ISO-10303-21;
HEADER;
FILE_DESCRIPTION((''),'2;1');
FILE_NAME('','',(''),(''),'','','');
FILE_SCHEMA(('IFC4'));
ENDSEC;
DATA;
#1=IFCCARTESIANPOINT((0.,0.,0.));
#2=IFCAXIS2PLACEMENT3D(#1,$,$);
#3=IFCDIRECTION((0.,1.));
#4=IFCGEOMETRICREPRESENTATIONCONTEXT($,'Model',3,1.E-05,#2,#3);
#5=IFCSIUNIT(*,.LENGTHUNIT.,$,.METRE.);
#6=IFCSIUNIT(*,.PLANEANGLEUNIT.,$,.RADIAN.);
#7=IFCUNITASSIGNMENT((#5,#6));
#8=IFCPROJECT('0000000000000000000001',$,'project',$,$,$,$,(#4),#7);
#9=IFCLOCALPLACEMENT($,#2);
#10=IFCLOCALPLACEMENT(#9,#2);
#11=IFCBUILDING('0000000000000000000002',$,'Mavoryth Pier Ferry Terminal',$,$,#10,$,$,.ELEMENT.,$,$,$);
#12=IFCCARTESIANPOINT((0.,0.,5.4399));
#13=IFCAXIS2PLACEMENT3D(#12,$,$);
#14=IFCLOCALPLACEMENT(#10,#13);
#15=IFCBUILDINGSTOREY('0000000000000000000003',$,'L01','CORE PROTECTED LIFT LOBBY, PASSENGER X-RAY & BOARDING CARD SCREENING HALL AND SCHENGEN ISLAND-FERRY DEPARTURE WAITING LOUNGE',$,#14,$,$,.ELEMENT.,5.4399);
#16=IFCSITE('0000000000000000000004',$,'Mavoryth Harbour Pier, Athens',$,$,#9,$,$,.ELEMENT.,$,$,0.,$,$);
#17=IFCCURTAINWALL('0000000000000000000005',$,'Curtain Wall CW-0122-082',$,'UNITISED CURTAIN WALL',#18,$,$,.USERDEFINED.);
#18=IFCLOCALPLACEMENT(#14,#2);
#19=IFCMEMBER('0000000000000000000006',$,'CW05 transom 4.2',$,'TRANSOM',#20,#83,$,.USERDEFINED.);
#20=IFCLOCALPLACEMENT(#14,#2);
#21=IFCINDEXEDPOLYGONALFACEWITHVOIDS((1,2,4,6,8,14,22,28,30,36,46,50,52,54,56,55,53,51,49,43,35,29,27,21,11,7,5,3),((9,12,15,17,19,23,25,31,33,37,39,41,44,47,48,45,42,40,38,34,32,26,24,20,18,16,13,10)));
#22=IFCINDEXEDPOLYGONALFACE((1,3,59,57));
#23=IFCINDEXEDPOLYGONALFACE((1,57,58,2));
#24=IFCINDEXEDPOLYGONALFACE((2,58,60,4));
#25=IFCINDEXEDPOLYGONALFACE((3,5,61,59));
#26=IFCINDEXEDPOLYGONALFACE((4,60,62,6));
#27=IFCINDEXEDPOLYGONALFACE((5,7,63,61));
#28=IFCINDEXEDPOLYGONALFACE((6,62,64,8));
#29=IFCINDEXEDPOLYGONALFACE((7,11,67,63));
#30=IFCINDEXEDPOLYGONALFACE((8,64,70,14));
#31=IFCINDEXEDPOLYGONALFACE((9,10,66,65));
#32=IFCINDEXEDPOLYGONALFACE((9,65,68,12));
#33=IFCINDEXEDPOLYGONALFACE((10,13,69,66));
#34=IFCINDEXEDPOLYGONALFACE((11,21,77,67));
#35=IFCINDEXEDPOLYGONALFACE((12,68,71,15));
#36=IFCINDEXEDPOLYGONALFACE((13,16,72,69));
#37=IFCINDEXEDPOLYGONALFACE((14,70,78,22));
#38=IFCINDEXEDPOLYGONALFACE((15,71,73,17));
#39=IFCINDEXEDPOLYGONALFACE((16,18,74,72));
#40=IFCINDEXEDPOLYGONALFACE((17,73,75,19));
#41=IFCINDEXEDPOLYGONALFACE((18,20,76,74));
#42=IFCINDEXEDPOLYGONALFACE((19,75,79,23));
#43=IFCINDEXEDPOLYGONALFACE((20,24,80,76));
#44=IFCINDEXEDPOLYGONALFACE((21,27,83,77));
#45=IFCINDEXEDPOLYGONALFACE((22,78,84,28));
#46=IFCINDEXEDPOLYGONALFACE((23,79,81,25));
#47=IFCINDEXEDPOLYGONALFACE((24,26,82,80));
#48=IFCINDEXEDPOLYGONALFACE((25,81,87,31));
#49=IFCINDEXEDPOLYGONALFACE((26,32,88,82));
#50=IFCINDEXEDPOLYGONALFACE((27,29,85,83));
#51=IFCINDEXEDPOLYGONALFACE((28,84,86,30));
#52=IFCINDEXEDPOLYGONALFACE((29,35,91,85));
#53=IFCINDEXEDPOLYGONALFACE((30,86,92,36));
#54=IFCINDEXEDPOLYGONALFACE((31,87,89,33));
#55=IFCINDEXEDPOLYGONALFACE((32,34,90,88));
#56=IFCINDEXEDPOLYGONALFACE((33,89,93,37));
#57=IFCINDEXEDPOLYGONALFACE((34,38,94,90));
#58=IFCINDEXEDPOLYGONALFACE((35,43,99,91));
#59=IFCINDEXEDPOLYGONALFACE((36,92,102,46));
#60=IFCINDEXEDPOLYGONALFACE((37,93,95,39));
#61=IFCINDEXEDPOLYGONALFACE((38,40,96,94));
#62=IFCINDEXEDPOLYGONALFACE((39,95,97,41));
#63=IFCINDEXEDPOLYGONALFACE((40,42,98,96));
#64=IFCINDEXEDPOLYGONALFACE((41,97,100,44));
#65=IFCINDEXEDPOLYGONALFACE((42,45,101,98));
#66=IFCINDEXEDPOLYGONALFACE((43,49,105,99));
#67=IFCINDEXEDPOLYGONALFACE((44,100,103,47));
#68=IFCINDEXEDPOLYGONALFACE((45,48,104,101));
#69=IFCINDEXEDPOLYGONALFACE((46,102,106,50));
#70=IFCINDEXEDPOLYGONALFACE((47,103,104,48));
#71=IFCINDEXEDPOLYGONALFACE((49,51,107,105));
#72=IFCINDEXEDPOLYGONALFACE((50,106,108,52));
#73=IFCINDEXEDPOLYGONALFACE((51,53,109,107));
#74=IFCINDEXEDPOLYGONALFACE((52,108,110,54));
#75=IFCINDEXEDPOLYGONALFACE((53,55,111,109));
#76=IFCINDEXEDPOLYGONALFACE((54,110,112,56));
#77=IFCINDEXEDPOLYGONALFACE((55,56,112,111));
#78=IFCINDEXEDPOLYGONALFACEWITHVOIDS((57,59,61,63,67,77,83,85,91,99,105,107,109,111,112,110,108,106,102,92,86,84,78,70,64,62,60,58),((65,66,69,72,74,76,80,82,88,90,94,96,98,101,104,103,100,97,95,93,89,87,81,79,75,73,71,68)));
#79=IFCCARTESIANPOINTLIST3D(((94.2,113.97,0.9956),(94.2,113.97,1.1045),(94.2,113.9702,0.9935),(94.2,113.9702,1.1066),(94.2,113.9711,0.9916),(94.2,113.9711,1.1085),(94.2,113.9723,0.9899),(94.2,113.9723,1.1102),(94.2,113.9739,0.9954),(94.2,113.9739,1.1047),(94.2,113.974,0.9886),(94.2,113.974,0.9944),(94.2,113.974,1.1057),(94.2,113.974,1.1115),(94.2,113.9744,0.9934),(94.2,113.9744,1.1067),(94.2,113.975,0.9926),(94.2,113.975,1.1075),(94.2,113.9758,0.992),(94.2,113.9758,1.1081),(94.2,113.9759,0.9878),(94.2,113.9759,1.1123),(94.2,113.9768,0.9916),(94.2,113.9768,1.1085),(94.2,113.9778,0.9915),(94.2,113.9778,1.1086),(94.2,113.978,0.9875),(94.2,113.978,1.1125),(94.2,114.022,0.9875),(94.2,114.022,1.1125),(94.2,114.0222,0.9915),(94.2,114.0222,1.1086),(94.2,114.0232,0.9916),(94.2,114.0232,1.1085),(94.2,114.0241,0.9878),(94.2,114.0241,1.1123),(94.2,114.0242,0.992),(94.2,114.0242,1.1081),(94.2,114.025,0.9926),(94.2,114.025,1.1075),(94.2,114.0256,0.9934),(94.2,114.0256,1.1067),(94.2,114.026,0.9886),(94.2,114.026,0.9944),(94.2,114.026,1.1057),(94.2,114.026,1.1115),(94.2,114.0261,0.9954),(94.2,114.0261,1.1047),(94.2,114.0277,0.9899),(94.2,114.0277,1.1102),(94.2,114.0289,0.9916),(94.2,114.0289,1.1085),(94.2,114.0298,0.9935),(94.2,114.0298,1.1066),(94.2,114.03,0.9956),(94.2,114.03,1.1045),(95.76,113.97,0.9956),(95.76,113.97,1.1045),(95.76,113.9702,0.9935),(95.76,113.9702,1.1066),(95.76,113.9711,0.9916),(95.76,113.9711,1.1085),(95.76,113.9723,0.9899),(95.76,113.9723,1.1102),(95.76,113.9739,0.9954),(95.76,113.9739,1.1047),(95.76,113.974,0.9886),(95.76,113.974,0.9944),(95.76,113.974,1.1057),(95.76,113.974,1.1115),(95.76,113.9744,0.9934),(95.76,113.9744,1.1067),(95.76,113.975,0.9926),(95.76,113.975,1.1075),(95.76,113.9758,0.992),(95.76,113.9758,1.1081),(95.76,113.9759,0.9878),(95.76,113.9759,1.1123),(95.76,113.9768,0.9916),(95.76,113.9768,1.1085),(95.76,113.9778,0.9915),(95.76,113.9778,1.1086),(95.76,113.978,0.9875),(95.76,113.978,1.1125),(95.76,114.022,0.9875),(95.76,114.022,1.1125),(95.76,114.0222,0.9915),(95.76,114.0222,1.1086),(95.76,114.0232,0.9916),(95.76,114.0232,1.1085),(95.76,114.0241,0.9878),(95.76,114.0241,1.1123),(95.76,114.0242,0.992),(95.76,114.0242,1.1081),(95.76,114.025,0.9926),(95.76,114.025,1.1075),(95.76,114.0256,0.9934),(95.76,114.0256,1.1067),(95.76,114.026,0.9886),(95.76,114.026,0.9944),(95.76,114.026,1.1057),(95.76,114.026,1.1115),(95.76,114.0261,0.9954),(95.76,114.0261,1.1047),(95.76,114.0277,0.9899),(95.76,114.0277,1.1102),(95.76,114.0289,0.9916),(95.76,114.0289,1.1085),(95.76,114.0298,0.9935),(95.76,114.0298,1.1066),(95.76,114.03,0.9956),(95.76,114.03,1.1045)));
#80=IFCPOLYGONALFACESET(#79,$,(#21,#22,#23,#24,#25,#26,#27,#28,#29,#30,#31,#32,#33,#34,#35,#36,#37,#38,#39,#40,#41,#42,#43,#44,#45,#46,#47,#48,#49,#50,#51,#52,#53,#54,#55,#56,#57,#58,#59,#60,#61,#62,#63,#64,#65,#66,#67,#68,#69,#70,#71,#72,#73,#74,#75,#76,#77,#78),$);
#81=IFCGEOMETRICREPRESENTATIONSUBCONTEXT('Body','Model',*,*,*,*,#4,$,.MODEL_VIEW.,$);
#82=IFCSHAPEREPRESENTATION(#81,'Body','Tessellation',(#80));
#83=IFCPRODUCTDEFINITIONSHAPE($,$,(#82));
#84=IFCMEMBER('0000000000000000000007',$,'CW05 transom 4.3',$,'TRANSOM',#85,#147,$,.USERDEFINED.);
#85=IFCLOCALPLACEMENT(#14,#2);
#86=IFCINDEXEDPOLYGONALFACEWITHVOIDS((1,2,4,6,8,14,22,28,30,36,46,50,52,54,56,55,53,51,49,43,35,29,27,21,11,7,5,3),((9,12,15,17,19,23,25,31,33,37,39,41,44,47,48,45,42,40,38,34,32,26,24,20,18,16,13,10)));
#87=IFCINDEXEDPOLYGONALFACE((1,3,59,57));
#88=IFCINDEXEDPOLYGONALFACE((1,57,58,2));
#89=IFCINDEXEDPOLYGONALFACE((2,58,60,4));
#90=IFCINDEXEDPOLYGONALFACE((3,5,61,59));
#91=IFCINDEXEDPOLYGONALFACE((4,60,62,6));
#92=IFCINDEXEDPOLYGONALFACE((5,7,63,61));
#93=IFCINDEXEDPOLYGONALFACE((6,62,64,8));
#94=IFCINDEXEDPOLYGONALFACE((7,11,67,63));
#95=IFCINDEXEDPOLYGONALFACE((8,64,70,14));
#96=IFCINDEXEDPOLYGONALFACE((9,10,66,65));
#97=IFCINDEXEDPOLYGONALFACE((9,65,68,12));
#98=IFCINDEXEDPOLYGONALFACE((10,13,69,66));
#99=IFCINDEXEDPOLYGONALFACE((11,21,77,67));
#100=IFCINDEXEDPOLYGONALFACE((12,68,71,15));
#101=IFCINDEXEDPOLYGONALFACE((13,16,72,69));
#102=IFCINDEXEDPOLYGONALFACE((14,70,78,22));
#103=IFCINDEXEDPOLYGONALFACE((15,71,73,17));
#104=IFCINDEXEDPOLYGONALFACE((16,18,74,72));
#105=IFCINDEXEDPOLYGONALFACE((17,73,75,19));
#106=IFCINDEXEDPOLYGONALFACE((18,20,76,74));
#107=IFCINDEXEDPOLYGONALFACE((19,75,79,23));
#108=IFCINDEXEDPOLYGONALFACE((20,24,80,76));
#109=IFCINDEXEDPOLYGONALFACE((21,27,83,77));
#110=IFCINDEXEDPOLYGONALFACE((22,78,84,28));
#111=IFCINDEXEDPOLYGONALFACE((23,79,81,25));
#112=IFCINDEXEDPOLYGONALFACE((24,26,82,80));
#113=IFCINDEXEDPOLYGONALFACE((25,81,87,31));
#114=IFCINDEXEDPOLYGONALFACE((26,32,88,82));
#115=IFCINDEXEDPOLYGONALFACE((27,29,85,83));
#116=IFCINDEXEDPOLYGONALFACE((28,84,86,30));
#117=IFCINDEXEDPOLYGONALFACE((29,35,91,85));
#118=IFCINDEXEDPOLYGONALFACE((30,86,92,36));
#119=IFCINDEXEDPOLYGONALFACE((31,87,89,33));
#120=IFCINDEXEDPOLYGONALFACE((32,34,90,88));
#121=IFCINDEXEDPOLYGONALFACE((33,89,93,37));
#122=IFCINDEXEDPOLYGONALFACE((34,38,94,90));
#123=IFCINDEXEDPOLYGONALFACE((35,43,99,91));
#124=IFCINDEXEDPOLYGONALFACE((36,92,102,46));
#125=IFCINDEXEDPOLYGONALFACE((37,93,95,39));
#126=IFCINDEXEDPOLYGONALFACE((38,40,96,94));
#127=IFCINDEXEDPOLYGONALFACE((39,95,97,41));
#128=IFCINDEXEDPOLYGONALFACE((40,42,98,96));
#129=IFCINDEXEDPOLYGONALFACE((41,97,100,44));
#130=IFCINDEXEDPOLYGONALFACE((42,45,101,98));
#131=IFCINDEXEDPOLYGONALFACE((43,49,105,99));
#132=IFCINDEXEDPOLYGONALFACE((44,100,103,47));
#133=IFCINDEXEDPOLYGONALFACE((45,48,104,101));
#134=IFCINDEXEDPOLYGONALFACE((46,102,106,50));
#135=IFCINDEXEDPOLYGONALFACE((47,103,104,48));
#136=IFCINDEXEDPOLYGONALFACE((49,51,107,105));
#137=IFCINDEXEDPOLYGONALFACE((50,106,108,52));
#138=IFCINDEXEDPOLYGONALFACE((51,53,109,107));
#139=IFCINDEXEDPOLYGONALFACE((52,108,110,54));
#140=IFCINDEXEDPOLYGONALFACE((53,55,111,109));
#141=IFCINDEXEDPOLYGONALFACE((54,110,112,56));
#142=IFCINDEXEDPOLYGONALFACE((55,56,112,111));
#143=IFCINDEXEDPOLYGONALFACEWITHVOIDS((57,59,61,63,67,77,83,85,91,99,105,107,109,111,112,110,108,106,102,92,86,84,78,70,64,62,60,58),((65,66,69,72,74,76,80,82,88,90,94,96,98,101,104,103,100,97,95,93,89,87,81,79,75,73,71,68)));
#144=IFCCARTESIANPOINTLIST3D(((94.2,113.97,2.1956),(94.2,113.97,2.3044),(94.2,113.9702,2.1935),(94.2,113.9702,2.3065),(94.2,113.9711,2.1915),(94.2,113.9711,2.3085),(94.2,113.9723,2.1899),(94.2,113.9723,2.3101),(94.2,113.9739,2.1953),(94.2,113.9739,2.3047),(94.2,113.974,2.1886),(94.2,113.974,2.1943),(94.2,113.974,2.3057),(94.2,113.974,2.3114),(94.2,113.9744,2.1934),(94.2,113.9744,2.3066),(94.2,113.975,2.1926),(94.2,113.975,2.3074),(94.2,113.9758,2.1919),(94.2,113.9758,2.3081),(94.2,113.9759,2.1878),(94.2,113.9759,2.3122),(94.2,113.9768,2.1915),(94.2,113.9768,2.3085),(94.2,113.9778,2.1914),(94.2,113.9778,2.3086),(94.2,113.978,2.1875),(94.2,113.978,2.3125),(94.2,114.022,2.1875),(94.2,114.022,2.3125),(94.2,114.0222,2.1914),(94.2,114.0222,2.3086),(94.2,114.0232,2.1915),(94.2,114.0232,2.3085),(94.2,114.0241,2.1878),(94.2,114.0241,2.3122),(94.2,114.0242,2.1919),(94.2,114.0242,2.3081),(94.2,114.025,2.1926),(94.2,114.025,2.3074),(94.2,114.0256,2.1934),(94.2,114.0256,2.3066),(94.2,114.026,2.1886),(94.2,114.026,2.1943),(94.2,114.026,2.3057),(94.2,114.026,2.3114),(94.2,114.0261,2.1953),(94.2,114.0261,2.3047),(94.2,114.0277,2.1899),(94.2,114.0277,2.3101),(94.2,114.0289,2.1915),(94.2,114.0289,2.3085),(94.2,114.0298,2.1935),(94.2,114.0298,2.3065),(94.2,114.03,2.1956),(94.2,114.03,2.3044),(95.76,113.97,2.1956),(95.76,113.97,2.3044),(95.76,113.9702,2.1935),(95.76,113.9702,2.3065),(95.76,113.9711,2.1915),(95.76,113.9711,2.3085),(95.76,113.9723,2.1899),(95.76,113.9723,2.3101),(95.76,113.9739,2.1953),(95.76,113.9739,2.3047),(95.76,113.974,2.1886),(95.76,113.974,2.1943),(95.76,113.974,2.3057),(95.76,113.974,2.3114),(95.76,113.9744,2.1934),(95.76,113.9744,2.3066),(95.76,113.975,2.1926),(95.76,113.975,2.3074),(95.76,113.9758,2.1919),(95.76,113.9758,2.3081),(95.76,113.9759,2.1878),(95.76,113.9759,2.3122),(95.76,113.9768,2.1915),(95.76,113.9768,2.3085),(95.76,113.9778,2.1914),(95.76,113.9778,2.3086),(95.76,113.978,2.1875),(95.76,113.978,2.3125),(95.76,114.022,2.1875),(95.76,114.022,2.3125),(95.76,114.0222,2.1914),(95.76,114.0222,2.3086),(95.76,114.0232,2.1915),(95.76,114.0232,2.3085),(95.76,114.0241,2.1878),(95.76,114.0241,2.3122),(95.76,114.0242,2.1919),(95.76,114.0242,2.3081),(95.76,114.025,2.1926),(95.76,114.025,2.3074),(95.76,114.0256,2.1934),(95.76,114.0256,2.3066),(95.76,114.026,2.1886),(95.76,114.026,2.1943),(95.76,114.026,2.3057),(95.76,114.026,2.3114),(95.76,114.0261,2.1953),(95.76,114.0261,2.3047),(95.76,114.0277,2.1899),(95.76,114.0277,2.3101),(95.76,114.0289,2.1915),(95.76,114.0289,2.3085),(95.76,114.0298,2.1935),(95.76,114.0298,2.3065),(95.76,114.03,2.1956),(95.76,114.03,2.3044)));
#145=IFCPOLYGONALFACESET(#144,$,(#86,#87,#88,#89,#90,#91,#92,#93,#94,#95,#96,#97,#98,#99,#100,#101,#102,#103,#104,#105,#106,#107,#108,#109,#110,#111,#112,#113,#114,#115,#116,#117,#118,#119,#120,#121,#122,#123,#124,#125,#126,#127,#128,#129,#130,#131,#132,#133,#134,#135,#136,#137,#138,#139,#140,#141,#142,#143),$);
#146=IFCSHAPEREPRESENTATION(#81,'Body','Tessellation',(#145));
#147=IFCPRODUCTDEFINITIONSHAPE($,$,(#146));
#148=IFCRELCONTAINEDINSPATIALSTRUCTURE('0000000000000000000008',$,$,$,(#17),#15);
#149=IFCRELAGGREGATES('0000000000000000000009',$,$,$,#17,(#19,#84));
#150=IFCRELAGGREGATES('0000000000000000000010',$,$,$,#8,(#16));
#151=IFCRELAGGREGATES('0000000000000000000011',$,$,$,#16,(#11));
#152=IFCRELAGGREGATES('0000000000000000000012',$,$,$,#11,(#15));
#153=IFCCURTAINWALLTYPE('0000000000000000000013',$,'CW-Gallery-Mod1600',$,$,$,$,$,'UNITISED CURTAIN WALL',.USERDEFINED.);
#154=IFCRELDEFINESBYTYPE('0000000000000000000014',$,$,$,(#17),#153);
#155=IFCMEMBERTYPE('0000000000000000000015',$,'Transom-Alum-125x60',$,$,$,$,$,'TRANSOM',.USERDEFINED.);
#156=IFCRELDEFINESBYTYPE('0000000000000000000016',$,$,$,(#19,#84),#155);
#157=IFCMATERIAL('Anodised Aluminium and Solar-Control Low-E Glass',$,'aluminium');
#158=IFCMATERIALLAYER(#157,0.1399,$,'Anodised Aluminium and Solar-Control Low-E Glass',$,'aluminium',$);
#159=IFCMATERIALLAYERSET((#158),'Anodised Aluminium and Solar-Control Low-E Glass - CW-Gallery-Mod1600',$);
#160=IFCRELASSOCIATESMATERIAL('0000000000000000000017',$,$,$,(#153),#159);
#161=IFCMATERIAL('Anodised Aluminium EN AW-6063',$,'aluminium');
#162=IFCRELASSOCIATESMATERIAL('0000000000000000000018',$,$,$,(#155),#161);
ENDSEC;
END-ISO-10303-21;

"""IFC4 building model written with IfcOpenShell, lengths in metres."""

from ifc_helpers import new_model, si_unit, direction, frame, origin, origin_2d, place, context, subcontext, project, spatial, hollow_rectangle, extrude, material, layer, layer_set, material_profile, profile_set, type_object, element, aggregate, save


model = new_model("IFC4")

# Units and contexts
model_context = context("Model", 3, precision=1e-05, world=origin(), true_north=direction((0.0, 1.0)))
body_context = subcontext(model_context, "Body", "Model", "MODEL_VIEW")
ifc_project = project(units=[si_unit("LENGTHUNIT", "METRE"), si_unit("PLANEANGLEUNIT", "RADIAN")], contexts=[model_context])

# Site, building, storey
site_placement = place(None, origin())
site = spatial("IfcSite", under=ifc_project, at=site_placement, Name="Mavoryth Harbour Pier, Athens", CompositionType="ELEMENT", RefElevation=0.0)
building_placement = place(site_placement, origin())
building = spatial("IfcBuilding", under=site, at=building_placement, Name="Mavoryth Pier Ferry Terminal", CompositionType="ELEMENT")
storey_placement = place(building_placement, frame((0.0, 0.0, 5.4399)))
storey = spatial("IfcBuildingStorey", under=building, at=storey_placement, Name="L01", Description="CORE PROTECTED LIFT LOBBY, PASSENGER X-RAY & BOARDING CARD SCREENING HALL AND SCHENGEN ISLAND-FERRY DEPARTURE WAITING LOUNGE", CompositionType="ELEMENT", Elevation=5.4399)

# Curtain wall, members
ifc_material_1 = material(Name="Anodised Aluminium and Solar-Control Low-E Glass", Category="aluminium")
ifc_layer_1 = layer(ifc_material_1, 0.1399, Name="Anodised Aluminium and Solar-Control Low-E Glass", Category="aluminium")
ifc_layer_set_1 = layer_set([ifc_layer_1], Name="Anodised Aluminium and Solar-Control Low-E Glass - CW-Gallery-Mod1600")
curtain_wall_type = type_object("IfcCurtainWallType", Name="CW-Gallery-Mod1600", ElementType="UNITISED CURTAIN WALL", PredefinedType="USERDEFINED", material=ifc_layer_set_1)
curtain_wall_placement = place(storey_placement, origin())
curtain_wall = element("IfcCurtainWall", 1, at=curtain_wall_placement, inside=storey, type_object=curtain_wall_type, Name="Curtain Wall CW-0122-082", ObjectType="UNITISED CURTAIN WALL", PredefinedType="USERDEFINED")
ifc_material_2 = material(Name="Anodised Aluminium EN AW-6063", Category="aluminium")
ifc_material_profile_1 = material_profile(ifc_material_2, hollow_rectangle(XDim=0.0601, YDim=0.125, WallThickness=0.0039, InnerFilletRadius=0.0039, OuterFilletRadius=0.0081, at=origin_2d()), Name="AL-TRAN 125x60x4", Category="aluminium")
ifc_profile_set_1 = profile_set([ifc_material_profile_1], Name="Anodised Aluminium EN AW-6063 - AL-TRAN 125x60x4")
member_type_1 = type_object("IfcMemberType", Name="Transom-Alum-125x60", ElementType="TRANSOM", PredefinedType="USERDEFINED", material=ifc_profile_set_1)
member_1_placement = place(storey_placement, frame((95.76, 114.0, 1.05), z_axis=(-1.0, 0.0, 0.0), x_axis=(0.0, -1.0, 0.0)))
member_1 = element("IfcMember", 2, at=member_1_placement, type_object=member_type_1, Name="CW05 transom 4.2", ObjectType="TRANSOM", PredefinedType="USERDEFINED", context=body_context, shape_type="SweptSolid", body=[
    extrude(hollow_rectangle(XDim=0.0601, YDim=0.125, WallThickness=0.0039, InnerFilletRadius=0.0039, OuterFilletRadius=0.0081, at=origin_2d()), origin(), (0.0, 0.0, 1.0), 1.5601),
])
member_2_placement = place(storey_placement, frame((95.76, 114.0, 2.25), z_axis=(-1.0, 0.0, 0.0), x_axis=(0.0, -1.0, 0.0)))
member_2 = element("IfcMember", 3, at=member_2_placement, type_object=member_type_1, Name="CW05 transom 4.3", ObjectType="TRANSOM", PredefinedType="USERDEFINED", context=body_context, shape_type="SweptSolid", body=[
    extrude(hollow_rectangle(XDim=0.0601, YDim=0.125, WallThickness=0.0039, InnerFilletRadius=0.0039, OuterFilletRadius=0.0081, at=origin_2d()), origin(), (0.0, 0.0, 1.0), 1.5601),
])
aggregate(curtain_wall, [member_1, member_2])

save(model, "model.ifc")
